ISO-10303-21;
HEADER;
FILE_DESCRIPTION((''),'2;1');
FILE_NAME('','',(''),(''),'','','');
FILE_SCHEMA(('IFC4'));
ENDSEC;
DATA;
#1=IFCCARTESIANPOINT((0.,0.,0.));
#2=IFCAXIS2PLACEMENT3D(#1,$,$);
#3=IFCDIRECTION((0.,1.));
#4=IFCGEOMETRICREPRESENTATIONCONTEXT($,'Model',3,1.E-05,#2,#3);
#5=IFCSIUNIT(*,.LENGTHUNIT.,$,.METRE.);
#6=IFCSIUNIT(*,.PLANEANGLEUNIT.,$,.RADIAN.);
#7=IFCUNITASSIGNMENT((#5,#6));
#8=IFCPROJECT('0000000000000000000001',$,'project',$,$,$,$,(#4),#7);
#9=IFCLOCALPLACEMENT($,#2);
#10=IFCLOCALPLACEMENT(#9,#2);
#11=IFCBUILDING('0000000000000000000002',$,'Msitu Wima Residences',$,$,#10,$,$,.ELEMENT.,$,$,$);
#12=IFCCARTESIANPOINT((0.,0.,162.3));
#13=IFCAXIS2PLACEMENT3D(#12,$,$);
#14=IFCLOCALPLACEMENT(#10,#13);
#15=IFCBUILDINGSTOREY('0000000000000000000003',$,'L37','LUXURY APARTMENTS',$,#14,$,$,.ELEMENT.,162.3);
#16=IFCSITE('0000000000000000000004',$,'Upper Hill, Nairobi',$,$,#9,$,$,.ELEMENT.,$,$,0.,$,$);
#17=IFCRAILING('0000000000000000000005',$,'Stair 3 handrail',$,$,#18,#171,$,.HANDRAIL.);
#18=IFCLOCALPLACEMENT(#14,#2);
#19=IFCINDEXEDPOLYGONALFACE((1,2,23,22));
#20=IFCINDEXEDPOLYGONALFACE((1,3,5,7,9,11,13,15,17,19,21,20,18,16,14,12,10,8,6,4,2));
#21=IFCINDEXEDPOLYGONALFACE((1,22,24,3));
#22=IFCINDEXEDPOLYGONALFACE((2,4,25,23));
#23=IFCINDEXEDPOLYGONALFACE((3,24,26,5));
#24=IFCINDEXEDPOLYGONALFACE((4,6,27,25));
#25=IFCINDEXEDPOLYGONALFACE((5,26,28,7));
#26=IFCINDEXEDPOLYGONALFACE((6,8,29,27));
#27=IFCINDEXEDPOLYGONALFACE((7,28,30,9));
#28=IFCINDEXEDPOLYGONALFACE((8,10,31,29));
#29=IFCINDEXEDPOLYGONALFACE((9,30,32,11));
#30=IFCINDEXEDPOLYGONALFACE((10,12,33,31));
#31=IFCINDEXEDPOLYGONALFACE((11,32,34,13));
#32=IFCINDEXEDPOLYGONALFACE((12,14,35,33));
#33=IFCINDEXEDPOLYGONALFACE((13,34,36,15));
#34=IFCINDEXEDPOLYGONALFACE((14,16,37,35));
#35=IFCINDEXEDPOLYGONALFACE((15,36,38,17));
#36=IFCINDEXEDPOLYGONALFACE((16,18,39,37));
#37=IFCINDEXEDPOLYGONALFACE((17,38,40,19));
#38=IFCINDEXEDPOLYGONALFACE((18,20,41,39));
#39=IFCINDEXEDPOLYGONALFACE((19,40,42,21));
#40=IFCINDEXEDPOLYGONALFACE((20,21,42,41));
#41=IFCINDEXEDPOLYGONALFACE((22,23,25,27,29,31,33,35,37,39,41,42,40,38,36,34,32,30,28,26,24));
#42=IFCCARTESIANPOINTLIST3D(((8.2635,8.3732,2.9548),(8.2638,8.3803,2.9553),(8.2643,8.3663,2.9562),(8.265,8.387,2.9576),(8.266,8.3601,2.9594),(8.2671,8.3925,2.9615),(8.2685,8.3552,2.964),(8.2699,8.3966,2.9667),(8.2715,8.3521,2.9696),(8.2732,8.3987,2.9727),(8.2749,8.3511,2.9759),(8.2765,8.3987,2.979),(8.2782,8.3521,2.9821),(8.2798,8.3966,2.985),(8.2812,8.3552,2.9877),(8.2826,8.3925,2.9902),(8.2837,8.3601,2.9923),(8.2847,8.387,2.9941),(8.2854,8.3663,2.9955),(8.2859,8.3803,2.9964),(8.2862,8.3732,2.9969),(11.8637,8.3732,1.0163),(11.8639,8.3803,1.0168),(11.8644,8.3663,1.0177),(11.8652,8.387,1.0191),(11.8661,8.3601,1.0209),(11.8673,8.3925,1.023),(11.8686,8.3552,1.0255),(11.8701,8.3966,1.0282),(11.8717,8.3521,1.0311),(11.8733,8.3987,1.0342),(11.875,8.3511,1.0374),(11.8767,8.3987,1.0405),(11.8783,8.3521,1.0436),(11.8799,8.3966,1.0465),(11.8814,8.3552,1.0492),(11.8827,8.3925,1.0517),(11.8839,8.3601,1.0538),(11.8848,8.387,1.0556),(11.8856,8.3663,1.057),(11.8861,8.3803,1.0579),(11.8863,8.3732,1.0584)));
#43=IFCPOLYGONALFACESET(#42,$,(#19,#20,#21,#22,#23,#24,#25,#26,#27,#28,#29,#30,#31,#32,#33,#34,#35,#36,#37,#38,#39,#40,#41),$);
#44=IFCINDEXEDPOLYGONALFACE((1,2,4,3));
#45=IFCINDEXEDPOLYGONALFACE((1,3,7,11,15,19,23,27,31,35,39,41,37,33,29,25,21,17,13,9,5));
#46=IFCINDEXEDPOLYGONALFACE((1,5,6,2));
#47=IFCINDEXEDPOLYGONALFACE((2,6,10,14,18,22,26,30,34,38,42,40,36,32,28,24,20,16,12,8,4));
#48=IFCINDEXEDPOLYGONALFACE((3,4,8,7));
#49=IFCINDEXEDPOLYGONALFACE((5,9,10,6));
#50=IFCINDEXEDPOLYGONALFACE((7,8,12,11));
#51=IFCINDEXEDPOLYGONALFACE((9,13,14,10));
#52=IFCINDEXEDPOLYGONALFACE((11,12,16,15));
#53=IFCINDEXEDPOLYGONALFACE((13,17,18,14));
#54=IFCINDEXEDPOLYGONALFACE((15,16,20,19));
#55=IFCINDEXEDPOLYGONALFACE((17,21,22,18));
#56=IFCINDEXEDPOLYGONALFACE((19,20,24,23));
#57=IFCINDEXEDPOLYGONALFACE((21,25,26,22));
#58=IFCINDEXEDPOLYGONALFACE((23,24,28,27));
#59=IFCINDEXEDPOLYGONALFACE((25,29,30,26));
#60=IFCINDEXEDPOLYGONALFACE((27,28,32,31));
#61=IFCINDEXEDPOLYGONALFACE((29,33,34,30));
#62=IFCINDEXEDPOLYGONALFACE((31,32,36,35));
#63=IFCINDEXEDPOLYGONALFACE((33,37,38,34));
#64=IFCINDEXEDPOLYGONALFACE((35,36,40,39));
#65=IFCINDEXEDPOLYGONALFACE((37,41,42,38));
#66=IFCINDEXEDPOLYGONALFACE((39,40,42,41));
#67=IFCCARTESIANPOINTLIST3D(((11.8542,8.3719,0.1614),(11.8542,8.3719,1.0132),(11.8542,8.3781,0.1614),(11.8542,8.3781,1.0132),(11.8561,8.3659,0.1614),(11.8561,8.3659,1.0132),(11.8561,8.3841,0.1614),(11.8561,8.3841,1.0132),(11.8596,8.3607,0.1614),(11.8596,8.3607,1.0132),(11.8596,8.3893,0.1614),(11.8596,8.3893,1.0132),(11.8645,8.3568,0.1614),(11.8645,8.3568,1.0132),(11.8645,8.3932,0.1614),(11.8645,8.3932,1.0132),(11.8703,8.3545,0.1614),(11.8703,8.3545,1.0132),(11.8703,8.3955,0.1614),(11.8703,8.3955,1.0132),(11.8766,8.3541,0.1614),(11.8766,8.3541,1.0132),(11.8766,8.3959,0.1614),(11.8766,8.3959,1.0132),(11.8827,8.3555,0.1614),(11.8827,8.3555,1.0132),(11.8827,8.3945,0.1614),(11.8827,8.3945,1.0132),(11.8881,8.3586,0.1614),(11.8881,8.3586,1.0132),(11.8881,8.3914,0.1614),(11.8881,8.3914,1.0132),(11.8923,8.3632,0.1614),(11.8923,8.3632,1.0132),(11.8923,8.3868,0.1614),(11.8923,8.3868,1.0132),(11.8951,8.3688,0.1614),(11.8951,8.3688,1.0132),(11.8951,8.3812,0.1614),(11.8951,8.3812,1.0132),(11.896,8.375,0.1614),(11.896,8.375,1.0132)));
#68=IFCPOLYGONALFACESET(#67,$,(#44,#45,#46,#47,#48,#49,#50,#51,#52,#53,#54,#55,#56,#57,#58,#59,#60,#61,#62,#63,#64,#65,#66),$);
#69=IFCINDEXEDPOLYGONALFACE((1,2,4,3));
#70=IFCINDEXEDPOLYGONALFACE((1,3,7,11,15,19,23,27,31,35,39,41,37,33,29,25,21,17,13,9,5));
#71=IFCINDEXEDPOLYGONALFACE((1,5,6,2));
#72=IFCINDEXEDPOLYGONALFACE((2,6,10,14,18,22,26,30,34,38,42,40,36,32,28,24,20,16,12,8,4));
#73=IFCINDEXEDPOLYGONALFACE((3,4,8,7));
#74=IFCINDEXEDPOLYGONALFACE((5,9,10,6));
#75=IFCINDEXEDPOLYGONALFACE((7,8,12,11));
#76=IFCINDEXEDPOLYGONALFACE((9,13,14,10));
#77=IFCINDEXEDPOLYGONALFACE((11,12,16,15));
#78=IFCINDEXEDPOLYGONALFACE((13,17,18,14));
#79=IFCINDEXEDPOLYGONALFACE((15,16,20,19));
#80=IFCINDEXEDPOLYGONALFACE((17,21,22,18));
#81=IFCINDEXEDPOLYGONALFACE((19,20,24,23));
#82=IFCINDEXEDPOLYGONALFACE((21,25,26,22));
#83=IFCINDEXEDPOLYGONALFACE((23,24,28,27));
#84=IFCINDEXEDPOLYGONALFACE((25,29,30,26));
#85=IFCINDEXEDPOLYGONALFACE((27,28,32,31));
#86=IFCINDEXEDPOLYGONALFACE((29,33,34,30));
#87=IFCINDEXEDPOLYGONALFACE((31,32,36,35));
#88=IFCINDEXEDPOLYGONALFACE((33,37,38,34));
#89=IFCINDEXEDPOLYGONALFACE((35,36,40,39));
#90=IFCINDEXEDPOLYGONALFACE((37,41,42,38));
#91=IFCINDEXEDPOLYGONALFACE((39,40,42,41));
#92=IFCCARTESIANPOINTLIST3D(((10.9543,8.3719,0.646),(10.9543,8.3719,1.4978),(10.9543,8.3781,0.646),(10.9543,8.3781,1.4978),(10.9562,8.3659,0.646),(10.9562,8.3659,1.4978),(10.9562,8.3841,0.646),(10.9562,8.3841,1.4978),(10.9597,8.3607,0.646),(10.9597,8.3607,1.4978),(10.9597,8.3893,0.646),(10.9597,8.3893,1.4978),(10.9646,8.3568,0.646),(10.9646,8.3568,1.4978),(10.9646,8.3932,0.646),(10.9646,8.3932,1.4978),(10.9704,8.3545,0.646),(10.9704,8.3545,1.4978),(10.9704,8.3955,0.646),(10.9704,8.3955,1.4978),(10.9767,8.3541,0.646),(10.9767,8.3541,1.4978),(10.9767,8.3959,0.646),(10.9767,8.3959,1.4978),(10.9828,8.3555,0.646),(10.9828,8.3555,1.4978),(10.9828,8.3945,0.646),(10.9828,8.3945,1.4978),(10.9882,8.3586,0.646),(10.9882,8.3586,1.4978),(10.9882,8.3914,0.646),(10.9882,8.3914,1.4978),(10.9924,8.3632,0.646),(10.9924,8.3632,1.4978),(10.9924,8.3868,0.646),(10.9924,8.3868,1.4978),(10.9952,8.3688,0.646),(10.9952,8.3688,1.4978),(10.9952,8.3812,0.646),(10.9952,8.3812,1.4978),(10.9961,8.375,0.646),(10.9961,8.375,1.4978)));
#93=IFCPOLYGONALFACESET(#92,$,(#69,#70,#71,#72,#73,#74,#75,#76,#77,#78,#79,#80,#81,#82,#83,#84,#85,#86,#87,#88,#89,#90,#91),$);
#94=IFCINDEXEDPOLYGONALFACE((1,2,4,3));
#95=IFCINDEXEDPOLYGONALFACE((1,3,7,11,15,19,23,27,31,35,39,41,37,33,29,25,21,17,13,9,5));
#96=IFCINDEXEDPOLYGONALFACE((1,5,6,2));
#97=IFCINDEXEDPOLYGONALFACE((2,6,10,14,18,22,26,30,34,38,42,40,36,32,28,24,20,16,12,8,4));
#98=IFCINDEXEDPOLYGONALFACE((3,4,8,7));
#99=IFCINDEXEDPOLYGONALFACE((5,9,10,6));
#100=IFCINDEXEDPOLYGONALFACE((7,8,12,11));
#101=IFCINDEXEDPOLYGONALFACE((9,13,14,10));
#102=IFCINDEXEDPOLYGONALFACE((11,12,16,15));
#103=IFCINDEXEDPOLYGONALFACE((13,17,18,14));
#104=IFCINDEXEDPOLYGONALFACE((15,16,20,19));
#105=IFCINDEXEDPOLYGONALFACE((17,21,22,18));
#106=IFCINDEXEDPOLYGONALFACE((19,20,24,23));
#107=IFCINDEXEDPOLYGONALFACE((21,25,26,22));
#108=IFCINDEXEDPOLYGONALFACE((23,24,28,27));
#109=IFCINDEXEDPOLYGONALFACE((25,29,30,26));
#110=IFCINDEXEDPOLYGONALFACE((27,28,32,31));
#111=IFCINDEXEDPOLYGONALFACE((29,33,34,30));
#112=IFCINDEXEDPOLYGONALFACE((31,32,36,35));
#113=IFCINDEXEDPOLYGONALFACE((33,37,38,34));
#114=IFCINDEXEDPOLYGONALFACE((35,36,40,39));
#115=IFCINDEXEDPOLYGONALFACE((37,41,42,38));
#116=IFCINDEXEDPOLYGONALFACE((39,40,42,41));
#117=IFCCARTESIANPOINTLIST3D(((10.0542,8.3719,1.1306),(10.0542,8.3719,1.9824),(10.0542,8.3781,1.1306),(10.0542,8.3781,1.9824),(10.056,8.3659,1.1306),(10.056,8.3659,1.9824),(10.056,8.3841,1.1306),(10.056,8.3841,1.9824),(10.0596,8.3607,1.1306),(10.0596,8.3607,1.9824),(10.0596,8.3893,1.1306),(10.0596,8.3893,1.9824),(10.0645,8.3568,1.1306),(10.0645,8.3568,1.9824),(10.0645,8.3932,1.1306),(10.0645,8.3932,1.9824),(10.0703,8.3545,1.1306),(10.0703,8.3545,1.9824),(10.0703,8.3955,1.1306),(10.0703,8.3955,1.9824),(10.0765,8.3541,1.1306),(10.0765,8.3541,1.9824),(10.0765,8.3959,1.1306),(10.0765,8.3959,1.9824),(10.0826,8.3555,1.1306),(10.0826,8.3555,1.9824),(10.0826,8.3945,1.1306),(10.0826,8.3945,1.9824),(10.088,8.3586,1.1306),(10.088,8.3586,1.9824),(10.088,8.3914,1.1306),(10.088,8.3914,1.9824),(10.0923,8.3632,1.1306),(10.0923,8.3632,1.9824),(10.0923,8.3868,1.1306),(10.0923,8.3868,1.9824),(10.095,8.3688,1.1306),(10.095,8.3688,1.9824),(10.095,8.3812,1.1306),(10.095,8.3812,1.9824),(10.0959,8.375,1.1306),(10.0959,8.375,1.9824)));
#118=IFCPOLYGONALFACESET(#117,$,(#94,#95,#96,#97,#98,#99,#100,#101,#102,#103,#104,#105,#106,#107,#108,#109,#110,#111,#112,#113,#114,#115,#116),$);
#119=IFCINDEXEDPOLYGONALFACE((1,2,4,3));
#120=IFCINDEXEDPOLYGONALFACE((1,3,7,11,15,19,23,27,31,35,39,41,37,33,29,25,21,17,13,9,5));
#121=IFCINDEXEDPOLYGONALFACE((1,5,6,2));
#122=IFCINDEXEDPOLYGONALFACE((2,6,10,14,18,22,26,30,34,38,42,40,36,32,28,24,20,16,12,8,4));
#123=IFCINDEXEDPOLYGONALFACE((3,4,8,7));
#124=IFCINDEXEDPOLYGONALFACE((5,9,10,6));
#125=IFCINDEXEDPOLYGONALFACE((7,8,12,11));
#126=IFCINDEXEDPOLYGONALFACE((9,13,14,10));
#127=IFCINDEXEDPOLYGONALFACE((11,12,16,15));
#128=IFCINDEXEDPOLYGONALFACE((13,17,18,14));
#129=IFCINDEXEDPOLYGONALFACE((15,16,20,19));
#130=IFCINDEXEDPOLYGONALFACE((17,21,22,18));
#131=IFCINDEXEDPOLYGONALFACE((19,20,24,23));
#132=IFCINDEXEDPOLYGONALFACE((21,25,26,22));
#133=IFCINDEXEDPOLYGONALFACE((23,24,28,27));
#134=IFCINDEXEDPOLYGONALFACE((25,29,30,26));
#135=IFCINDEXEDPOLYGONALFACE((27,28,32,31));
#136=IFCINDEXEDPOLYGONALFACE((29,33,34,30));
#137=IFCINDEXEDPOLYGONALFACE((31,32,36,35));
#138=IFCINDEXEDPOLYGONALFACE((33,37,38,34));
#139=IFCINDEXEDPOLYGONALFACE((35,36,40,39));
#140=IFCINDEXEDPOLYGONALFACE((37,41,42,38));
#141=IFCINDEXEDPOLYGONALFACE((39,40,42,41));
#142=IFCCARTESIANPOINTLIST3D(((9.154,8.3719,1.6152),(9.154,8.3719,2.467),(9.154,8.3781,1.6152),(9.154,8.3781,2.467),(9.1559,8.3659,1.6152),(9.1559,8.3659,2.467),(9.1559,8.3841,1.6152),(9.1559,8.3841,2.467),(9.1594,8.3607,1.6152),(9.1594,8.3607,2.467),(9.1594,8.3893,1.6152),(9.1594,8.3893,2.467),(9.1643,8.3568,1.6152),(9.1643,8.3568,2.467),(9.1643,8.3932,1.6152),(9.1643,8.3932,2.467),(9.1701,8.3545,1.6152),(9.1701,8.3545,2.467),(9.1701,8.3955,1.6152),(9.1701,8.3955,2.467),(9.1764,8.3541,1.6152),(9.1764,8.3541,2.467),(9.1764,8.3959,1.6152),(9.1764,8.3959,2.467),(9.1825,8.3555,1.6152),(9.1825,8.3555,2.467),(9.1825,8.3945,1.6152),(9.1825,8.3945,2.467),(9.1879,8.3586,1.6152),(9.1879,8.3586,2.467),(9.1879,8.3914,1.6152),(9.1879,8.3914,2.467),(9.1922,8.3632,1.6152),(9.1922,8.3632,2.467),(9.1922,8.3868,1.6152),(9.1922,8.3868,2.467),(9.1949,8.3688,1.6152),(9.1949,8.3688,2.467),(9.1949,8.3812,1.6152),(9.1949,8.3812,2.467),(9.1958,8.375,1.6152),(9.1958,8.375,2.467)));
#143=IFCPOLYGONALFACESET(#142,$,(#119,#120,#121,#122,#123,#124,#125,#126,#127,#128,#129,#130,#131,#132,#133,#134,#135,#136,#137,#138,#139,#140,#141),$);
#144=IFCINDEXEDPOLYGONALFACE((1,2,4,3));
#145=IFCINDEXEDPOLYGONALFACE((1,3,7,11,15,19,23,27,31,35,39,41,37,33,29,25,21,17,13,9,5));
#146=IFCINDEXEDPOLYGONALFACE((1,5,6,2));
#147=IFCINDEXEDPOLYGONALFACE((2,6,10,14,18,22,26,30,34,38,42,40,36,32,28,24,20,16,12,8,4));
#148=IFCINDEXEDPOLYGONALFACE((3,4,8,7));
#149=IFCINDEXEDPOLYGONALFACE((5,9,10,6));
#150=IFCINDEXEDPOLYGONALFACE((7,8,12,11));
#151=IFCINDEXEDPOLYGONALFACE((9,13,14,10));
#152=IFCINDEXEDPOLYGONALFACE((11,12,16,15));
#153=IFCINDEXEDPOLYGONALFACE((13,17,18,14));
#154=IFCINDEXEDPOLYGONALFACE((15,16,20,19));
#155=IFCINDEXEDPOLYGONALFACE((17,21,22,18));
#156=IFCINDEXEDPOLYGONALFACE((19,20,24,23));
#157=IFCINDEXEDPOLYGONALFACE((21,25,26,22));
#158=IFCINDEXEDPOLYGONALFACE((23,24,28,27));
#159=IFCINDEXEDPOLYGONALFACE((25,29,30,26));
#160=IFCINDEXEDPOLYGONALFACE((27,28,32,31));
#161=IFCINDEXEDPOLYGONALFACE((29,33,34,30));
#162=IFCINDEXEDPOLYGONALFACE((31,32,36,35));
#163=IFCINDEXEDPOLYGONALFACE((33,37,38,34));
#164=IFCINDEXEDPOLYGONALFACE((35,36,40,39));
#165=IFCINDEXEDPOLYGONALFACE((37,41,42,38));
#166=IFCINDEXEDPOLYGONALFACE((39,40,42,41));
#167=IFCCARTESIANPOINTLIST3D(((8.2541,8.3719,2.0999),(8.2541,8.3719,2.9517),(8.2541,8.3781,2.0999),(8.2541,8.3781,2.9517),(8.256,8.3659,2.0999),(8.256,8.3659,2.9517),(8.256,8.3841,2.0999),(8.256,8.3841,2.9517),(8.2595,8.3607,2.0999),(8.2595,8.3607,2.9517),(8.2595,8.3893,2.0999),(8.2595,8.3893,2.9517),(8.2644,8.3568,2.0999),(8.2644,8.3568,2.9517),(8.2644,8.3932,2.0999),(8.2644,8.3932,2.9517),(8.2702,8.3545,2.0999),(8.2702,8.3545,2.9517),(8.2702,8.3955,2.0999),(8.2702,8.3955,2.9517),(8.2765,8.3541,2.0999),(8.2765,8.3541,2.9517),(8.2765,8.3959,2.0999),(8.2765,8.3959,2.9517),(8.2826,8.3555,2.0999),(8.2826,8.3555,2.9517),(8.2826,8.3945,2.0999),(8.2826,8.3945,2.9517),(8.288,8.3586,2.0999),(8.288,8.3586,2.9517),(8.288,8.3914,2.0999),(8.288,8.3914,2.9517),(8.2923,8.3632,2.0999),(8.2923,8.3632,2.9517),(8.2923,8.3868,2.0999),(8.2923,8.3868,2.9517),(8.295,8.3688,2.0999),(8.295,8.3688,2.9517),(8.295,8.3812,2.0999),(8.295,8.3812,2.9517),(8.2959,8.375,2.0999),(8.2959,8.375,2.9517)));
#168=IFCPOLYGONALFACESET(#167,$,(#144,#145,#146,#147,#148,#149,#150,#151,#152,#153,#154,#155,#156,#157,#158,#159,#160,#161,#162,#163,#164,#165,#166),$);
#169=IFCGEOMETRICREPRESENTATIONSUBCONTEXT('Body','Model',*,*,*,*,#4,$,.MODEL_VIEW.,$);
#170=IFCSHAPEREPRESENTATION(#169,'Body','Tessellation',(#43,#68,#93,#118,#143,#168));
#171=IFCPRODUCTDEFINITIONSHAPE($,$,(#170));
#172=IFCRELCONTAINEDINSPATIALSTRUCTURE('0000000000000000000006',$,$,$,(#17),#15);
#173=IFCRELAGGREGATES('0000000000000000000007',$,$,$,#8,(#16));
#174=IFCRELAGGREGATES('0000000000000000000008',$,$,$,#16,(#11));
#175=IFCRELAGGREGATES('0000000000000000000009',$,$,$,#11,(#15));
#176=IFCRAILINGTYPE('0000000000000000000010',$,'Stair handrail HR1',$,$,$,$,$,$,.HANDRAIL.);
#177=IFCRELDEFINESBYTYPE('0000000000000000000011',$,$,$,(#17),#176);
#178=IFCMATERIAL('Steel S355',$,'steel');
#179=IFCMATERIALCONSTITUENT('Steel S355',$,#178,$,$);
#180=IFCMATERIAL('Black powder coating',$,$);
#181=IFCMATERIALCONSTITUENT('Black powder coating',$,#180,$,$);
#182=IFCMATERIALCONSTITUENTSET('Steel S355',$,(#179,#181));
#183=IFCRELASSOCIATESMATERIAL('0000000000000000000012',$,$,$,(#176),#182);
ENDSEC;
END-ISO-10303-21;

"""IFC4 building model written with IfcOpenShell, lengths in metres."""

from ifc_helpers import new_model, si_unit, direction, frame, origin, origin_2d, place, context, subcontext, project, spatial, circle, extrude, material, constituent, constituent_set, type_object, element, save


model = new_model("IFC4")

# Units and contexts
model_context = context("Model", 3, precision=1e-05, world=origin(), true_north=direction((0.0, 1.0)))
body_context = subcontext(model_context, "Body", "Model", "MODEL_VIEW")
ifc_project = project(units=[si_unit("LENGTHUNIT", "METRE"), si_unit("PLANEANGLEUNIT", "RADIAN")], contexts=[model_context])

# Site, building, storey
site_placement = place(None, origin())
site = spatial("IfcSite", under=ifc_project, at=site_placement, Name="Upper Hill, Nairobi", CompositionType="ELEMENT", RefElevation=0.0)
building_placement = place(site_placement, origin())
building = spatial("IfcBuilding", under=site, at=building_placement, Name="Msitu Wima Residences", CompositionType="ELEMENT")
storey_placement = place(building_placement, frame((0.0, 0.0, 162.3)))
storey = spatial("IfcBuildingStorey", under=building, at=storey_placement, Name="L37", Description="LUXURY APARTMENTS", CompositionType="ELEMENT", Elevation=162.3)

# Railing
ifc_material_1 = material(Name="Steel S355", Category="steel")
ifc_constituent_1 = constituent(ifc_material_1, Name="Steel S355")
ifc_material_2 = material(Name="Black powder coating")
ifc_constituent_2 = constituent(ifc_material_2, Name="Black powder coating")
ifc_constituent_set = constituent_set(constituents=[ifc_constituent_1, ifc_constituent_2], Name="Steel S355")
railing_type = type_object("IfcRailingType", Name="Stair handrail HR1", PredefinedType="HANDRAIL", material=ifc_constituent_set)
railing_placement = place(storey_placement, frame((11.875, 8.375, 0.1614)))
element("IfcRailing", 1, at=railing_placement, inside=storey, type_object=railing_type, Name="Stair 3 handrail", PredefinedType="HANDRAIL", context=body_context, shape_type="SweptSolid", body=[
    extrude(circle(Radius=0.0239, at=origin_2d()), frame((0.0, 0.0, 0.876), z_axis=(-0.880475, 0.0, 0.474093), x_axis=(0.0, -1.0, 0.0)), (0.0, 0.0, 1.0), 4.0889),
    extrude(circle(Radius=0.021, at=origin_2d()), origin(), (0.0, 0.0, 1.0), 0.8518),
    extrude(circle(Radius=0.021, at=origin_2d()), frame((-0.8999, 0.0, 0.4846)), (0.0, 0.0, 1.0), 0.8518),
    extrude(circle(Radius=0.021, at=origin_2d()), frame((-1.8, 0.0, 0.9692)), (0.0, 0.0, 1.0), 0.8518),
    extrude(circle(Radius=0.021, at=origin_2d()), frame((-2.7002, 0.0, 1.4539)), (0.0, 0.0, 1.0), 0.8518),
    extrude(circle(Radius=0.021, at=origin_2d()), frame((-3.6001, 0.0, 1.9385)), (0.0, 0.0, 1.0), 0.8518),
])

save(model, "model.ifc")
